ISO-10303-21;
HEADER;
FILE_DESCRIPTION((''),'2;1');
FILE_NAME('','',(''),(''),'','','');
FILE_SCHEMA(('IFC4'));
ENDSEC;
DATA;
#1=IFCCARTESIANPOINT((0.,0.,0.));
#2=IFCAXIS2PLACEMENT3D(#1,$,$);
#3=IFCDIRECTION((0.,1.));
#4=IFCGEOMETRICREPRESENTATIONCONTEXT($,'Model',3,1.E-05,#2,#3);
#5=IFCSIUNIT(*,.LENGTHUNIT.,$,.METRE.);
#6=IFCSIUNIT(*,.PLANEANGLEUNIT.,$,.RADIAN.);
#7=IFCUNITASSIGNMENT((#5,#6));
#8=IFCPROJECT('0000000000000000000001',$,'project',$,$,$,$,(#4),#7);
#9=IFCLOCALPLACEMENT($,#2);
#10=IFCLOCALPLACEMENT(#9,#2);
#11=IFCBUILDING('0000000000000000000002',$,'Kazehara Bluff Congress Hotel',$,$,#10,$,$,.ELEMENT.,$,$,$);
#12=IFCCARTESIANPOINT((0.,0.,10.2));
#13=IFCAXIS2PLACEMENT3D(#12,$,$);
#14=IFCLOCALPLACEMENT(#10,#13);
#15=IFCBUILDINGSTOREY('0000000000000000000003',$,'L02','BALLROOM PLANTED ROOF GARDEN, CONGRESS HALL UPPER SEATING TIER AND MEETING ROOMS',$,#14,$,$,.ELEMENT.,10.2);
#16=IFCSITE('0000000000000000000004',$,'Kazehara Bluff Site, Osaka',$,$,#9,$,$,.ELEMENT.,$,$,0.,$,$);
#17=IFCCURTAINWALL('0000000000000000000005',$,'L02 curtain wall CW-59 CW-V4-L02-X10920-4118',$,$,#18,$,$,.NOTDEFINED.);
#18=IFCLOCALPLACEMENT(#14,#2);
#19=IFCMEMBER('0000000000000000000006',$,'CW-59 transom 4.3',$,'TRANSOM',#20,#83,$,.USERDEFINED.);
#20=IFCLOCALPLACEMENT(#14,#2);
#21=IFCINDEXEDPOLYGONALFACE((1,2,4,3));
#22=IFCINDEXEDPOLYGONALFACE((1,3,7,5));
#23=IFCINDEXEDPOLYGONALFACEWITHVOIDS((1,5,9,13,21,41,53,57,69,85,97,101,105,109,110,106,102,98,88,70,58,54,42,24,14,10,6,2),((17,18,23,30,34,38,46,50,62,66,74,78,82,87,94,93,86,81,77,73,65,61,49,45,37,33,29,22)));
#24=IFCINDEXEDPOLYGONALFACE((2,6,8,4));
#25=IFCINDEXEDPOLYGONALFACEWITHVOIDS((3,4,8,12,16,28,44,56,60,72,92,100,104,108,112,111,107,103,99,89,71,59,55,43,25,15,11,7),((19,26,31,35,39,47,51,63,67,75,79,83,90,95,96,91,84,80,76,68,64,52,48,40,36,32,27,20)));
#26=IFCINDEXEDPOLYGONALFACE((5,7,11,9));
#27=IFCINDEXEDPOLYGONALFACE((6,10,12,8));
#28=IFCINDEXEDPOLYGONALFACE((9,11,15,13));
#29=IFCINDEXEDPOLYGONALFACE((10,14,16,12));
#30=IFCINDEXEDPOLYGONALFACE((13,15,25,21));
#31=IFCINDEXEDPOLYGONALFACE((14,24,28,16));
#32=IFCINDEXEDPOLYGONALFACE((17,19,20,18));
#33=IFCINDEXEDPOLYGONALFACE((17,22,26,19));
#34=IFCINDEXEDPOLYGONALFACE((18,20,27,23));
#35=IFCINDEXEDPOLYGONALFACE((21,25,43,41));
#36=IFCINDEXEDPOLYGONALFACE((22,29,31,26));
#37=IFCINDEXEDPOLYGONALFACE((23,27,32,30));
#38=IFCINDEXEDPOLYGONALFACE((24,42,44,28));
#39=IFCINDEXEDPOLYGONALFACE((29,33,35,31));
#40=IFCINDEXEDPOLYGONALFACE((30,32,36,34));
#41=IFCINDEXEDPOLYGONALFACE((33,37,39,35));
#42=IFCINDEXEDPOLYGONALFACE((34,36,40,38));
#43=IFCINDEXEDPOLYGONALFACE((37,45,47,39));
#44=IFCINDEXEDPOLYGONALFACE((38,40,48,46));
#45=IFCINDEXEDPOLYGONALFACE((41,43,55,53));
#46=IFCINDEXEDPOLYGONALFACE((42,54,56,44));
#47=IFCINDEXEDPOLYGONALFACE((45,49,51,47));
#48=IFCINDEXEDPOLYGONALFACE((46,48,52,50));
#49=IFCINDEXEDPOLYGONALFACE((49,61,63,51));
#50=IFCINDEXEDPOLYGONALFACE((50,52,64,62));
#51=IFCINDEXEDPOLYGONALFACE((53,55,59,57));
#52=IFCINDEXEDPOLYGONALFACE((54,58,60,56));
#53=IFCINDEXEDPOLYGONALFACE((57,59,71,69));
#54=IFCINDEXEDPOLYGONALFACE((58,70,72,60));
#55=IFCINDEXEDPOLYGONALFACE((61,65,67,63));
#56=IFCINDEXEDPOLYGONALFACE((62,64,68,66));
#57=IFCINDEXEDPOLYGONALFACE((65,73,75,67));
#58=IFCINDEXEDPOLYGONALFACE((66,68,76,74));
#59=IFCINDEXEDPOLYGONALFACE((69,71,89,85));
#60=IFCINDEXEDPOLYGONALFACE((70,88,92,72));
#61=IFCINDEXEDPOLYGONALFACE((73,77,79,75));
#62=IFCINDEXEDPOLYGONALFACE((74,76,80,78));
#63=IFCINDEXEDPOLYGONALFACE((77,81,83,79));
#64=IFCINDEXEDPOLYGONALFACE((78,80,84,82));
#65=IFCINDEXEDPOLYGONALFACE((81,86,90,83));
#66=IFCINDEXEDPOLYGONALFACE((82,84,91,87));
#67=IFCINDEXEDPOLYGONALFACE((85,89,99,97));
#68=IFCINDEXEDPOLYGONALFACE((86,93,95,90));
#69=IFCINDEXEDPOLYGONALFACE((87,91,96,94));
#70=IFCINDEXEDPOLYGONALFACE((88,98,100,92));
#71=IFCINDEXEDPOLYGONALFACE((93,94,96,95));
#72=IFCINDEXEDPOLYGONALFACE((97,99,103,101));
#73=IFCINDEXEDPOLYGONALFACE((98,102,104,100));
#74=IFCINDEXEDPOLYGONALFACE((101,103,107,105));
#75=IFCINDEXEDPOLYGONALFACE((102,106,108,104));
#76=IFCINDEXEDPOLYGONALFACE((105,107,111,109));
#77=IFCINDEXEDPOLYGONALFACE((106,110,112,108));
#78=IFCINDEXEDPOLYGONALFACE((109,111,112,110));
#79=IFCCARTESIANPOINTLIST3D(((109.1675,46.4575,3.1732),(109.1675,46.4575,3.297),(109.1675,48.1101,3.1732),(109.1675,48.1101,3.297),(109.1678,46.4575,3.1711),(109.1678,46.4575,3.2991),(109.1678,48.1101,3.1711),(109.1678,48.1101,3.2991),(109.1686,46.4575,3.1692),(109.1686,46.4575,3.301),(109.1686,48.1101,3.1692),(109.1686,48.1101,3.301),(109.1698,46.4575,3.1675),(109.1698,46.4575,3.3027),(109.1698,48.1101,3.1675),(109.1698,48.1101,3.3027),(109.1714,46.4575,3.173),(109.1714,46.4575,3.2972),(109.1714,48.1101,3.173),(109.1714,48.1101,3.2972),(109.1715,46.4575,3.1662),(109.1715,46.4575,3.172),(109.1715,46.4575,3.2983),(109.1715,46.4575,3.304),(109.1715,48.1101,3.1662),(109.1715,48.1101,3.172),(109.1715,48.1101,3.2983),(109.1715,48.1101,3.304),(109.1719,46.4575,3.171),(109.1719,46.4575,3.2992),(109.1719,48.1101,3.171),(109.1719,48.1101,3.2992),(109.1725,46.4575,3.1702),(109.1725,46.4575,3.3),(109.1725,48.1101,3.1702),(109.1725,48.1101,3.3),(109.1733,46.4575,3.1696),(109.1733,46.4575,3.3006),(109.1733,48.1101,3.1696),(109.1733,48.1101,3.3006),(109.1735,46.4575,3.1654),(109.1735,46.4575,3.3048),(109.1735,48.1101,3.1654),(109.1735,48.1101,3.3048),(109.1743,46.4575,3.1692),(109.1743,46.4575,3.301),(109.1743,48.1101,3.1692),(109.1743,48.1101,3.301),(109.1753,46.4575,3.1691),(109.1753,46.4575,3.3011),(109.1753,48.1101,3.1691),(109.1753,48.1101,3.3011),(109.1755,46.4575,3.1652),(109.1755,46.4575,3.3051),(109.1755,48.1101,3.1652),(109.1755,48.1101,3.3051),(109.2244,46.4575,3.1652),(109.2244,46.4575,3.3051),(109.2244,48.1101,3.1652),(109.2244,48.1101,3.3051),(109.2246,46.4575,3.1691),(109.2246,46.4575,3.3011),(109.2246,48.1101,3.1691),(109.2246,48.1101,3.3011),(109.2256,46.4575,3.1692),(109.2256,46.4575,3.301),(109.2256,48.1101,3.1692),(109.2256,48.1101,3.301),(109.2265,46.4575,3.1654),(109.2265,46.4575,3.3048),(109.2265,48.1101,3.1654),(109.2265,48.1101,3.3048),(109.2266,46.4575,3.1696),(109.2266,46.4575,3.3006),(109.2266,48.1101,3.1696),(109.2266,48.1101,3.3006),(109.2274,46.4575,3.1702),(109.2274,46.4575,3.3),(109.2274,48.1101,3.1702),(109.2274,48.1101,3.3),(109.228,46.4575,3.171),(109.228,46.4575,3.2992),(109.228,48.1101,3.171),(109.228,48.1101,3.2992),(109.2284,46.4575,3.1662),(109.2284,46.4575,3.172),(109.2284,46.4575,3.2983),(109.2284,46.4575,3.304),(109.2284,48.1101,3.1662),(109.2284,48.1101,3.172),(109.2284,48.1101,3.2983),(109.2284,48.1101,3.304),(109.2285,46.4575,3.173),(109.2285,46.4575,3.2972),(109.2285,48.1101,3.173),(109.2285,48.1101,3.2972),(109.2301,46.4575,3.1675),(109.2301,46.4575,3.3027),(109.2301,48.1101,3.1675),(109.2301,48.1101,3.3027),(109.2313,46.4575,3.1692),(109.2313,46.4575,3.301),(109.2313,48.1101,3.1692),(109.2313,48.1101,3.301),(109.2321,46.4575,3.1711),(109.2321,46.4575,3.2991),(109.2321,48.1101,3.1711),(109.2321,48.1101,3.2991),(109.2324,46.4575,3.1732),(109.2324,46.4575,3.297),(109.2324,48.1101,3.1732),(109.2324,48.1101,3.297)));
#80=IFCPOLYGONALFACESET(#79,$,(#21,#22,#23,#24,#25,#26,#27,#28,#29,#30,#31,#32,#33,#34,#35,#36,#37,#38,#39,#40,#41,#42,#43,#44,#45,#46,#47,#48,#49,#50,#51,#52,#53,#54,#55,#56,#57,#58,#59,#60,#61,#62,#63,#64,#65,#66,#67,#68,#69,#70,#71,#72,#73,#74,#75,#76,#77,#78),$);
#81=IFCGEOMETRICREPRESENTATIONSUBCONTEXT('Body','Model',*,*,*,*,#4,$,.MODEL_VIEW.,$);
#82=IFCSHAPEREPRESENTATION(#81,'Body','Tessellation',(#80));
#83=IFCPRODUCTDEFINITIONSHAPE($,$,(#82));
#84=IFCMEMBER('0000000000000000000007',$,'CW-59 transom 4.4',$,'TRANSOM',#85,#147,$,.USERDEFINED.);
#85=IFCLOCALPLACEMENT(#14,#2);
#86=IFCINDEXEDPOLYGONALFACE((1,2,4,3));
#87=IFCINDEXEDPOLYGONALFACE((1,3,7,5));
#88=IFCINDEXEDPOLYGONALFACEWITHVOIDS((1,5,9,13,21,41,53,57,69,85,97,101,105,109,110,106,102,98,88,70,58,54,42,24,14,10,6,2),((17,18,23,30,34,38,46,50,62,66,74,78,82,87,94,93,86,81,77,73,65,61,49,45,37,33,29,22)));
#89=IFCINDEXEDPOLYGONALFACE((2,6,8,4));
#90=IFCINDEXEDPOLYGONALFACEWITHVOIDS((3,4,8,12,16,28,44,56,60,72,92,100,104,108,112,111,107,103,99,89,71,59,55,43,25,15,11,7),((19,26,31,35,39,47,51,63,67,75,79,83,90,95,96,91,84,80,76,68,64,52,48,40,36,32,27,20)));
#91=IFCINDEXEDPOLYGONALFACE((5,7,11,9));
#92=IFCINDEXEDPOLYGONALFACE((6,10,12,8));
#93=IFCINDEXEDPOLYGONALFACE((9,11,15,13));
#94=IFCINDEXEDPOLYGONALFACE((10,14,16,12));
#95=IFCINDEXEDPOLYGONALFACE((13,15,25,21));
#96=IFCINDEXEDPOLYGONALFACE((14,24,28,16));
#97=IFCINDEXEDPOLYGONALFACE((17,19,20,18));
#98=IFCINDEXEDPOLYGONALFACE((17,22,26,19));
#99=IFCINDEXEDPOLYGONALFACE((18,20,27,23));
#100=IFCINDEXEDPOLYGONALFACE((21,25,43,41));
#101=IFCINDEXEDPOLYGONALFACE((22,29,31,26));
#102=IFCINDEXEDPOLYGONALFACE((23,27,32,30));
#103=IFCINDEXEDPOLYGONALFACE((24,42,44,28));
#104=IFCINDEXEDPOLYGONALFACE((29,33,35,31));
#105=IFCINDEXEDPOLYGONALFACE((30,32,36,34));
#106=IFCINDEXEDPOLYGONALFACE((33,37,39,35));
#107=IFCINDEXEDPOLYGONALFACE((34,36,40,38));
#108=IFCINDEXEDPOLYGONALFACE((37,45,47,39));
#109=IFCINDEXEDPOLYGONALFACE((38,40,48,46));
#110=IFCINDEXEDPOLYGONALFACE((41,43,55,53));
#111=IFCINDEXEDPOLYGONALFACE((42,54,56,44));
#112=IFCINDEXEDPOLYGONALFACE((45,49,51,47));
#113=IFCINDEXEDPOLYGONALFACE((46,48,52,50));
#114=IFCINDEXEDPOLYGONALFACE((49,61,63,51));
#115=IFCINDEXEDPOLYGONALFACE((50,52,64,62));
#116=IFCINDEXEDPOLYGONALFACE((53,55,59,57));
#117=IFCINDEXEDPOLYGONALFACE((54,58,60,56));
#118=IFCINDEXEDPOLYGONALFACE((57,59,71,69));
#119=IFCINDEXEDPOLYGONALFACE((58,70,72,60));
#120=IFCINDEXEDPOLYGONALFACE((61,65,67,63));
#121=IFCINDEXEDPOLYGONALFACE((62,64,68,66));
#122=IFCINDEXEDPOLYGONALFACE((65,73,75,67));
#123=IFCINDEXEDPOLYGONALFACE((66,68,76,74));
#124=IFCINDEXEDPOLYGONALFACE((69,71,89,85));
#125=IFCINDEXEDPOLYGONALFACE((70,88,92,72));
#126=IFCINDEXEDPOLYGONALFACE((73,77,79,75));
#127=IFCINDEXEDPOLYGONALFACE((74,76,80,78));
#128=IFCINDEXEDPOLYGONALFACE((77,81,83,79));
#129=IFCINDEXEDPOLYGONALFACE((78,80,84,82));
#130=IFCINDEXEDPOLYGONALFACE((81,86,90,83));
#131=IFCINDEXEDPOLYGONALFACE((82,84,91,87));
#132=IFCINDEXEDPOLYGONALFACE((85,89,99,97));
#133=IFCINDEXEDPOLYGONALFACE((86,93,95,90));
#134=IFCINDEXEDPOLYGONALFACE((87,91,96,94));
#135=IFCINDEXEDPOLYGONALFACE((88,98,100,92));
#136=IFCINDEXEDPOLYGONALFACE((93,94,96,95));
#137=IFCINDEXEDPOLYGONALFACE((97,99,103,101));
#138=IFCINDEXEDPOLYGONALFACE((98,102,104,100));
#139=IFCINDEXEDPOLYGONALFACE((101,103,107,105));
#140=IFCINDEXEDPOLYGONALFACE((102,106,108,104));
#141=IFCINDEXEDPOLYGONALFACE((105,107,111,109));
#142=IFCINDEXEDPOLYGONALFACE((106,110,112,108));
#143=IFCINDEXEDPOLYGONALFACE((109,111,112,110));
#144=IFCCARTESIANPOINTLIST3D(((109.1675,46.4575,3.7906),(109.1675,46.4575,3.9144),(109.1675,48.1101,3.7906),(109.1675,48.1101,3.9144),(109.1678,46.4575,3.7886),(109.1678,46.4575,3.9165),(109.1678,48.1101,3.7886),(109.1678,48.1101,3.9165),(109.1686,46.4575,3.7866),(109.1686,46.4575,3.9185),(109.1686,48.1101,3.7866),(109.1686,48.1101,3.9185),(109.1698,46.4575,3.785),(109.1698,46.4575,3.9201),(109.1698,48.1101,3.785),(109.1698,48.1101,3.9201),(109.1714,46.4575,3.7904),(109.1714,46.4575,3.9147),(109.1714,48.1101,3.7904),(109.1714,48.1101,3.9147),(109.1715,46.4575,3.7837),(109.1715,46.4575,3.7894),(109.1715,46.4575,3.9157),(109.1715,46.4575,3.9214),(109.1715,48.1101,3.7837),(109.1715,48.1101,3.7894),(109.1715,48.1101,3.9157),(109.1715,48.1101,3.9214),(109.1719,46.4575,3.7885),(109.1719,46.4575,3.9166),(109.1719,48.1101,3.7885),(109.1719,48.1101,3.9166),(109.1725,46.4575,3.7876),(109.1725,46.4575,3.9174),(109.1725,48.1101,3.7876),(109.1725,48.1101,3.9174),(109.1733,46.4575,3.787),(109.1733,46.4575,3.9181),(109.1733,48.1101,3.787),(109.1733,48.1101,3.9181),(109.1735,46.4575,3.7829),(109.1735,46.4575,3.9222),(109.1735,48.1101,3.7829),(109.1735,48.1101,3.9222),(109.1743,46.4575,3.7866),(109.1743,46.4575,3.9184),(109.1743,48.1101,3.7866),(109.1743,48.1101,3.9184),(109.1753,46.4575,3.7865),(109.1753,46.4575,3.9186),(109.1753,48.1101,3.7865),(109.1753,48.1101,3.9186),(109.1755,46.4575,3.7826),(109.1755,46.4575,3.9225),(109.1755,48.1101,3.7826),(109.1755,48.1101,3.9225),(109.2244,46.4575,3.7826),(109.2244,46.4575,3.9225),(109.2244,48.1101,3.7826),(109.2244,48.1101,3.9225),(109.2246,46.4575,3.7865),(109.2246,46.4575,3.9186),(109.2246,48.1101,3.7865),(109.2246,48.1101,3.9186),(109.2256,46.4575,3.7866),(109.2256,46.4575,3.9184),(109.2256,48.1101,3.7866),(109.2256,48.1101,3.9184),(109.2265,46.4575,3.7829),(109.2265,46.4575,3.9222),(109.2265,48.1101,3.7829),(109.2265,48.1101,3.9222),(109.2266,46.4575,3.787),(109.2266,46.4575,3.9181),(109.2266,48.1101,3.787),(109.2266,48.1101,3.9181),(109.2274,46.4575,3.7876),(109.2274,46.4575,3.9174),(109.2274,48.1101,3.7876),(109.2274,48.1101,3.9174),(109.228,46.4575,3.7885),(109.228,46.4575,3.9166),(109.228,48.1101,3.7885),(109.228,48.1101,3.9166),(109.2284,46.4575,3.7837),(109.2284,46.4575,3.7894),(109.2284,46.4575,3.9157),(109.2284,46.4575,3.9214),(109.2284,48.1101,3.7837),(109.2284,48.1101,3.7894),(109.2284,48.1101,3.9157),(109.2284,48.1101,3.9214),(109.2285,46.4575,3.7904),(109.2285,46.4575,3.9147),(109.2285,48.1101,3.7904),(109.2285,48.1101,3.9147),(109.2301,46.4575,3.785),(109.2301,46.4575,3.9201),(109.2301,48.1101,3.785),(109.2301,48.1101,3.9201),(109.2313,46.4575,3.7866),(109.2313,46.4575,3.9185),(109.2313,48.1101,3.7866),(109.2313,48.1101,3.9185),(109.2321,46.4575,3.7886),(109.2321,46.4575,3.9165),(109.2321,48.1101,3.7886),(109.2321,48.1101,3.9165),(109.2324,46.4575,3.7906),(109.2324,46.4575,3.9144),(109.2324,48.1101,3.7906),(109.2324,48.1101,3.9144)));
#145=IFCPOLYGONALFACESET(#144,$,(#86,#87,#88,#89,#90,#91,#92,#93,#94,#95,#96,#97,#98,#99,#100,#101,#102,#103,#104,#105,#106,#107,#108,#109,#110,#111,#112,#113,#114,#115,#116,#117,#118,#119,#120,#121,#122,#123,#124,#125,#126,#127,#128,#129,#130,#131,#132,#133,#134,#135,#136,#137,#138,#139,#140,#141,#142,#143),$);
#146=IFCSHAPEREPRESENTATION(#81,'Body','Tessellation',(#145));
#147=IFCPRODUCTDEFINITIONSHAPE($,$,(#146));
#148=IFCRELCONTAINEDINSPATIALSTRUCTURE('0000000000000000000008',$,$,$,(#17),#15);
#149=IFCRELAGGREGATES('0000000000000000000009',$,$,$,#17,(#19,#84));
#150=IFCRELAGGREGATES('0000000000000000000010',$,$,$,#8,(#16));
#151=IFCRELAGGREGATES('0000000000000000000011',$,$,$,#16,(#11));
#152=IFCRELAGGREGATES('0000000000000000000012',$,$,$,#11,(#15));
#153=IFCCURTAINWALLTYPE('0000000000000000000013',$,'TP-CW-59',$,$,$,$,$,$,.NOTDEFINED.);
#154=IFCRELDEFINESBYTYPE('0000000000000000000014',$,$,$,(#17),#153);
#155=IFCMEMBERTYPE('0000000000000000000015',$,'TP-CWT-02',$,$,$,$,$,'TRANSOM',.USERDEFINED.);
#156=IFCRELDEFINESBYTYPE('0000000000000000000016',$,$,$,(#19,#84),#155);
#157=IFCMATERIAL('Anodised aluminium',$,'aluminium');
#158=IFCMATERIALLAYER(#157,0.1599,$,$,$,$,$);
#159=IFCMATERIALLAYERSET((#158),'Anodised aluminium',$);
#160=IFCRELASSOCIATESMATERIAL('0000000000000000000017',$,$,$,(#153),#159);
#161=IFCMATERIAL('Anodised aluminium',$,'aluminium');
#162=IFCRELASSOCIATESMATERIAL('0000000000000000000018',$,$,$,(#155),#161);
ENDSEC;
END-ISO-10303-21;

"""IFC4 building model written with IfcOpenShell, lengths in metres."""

from ifc_helpers import new_model, si_unit, direction, frame, origin, origin_2d, place, context, subcontext, project, spatial, hollow_rectangle, extrude, material, layer, layer_set, material_profile, profile_set, type_object, element, aggregate, save


model = new_model("IFC4")

# Units and contexts
model_context = context("Model", 3, precision=1e-05, world=origin(), true_north=direction((0.0, 1.0)))
body_context = subcontext(model_context, "Body", "Model", "MODEL_VIEW")
ifc_project = project(units=[si_unit("LENGTHUNIT", "METRE"), si_unit("PLANEANGLEUNIT", "RADIAN")], contexts=[model_context])

# Site, building, storey
site_placement = place(None, origin())
site = spatial("IfcSite", under=ifc_project, at=site_placement, Name="Kazehara Bluff Site, Osaka", CompositionType="ELEMENT", RefElevation=0.0)
building_placement = place(site_placement, origin())
building = spatial("IfcBuilding", under=site, at=building_placement, Name="Kazehara Bluff Congress Hotel", CompositionType="ELEMENT")
storey_placement = place(building_placement, frame((0.0, 0.0, 10.2)))
storey = spatial("IfcBuildingStorey", under=building, at=storey_placement, Name="L02", Description="BALLROOM PLANTED ROOF GARDEN, CONGRESS HALL UPPER SEATING TIER AND MEETING ROOMS", CompositionType="ELEMENT", Elevation=10.2)

# Curtain wall
ifc_material_1 = material(Name="Anodised aluminium", Category="aluminium")
ifc_layer_1 = layer(ifc_material_1, 0.1599)
ifc_layer_set_1 = layer_set([ifc_layer_1], Name="Anodised aluminium")
curtain_wall_type_1 = type_object("IfcCurtainWallType", Name="TP-CW-59", PredefinedType="NOTDEFINED", material=ifc_layer_set_1)
curtain_wall_1_placement = place(storey_placement, origin())
curtain_wall_1 = element("IfcCurtainWall", 1, at=curtain_wall_1_placement, inside=storey, type_object=curtain_wall_type_1, Name="L02 curtain wall CW-59 CW-V4-L02-X10920-4118", PredefinedType="NOTDEFINED")

# Members
ifc_material_2 = material(Name="Anodised aluminium", Category="aluminium")
ifc_material_profile_1 = material_profile(ifc_material_2, hollow_rectangle(XDim=0.0649, YDim=0.1399, WallThickness=0.0039, InnerFilletRadius=0.0039, OuterFilletRadius=0.0081, at=origin_2d()))
ifc_profile_set_1 = profile_set([ifc_material_profile_1], Name="Anodised aluminium")
member_type_1 = type_object("IfcMemberType", Name="TP-CWT-02", ElementType="TRANSOM", PredefinedType="USERDEFINED", material=ifc_profile_set_1)
member_1_placement = place(storey_placement, frame((109.2, 46.4575, 3.2351), z_axis=(0.0, 1.0, 0.0), x_axis=(-1.0, 0.0, 0.0)))
member_1 = element("IfcMember", 2, at=member_1_placement, type_object=member_type_1, Name="CW-59 transom 4.3", ObjectType="TRANSOM", PredefinedType="USERDEFINED", context=body_context, shape_type="SweptSolid", body=[
    extrude(hollow_rectangle(XDim=0.0649, YDim=0.1399, WallThickness=0.0039, InnerFilletRadius=0.0039, OuterFilletRadius=0.0081, at=origin_2d()), origin(), (0.0, 0.0, 1.0), 1.6526),
])
member_2_placement = place(storey_placement, frame((109.2, 46.4575, 3.8525), z_axis=(0.0, 1.0, 0.0), x_axis=(-1.0, 0.0, 0.0)))
member_2 = element("IfcMember", 3, at=member_2_placement, type_object=member_type_1, Name="CW-59 transom 4.4", ObjectType="TRANSOM", PredefinedType="USERDEFINED", context=body_context, shape_type="SweptSolid", body=[
    extrude(hollow_rectangle(XDim=0.0649, YDim=0.1399, WallThickness=0.0039, InnerFilletRadius=0.0039, OuterFilletRadius=0.0081, at=origin_2d()), origin(), (0.0, 0.0, 1.0), 1.6526),
])

aggregate(curtain_wall_1, [member_1, member_2])

save(model, "model.ifc")
